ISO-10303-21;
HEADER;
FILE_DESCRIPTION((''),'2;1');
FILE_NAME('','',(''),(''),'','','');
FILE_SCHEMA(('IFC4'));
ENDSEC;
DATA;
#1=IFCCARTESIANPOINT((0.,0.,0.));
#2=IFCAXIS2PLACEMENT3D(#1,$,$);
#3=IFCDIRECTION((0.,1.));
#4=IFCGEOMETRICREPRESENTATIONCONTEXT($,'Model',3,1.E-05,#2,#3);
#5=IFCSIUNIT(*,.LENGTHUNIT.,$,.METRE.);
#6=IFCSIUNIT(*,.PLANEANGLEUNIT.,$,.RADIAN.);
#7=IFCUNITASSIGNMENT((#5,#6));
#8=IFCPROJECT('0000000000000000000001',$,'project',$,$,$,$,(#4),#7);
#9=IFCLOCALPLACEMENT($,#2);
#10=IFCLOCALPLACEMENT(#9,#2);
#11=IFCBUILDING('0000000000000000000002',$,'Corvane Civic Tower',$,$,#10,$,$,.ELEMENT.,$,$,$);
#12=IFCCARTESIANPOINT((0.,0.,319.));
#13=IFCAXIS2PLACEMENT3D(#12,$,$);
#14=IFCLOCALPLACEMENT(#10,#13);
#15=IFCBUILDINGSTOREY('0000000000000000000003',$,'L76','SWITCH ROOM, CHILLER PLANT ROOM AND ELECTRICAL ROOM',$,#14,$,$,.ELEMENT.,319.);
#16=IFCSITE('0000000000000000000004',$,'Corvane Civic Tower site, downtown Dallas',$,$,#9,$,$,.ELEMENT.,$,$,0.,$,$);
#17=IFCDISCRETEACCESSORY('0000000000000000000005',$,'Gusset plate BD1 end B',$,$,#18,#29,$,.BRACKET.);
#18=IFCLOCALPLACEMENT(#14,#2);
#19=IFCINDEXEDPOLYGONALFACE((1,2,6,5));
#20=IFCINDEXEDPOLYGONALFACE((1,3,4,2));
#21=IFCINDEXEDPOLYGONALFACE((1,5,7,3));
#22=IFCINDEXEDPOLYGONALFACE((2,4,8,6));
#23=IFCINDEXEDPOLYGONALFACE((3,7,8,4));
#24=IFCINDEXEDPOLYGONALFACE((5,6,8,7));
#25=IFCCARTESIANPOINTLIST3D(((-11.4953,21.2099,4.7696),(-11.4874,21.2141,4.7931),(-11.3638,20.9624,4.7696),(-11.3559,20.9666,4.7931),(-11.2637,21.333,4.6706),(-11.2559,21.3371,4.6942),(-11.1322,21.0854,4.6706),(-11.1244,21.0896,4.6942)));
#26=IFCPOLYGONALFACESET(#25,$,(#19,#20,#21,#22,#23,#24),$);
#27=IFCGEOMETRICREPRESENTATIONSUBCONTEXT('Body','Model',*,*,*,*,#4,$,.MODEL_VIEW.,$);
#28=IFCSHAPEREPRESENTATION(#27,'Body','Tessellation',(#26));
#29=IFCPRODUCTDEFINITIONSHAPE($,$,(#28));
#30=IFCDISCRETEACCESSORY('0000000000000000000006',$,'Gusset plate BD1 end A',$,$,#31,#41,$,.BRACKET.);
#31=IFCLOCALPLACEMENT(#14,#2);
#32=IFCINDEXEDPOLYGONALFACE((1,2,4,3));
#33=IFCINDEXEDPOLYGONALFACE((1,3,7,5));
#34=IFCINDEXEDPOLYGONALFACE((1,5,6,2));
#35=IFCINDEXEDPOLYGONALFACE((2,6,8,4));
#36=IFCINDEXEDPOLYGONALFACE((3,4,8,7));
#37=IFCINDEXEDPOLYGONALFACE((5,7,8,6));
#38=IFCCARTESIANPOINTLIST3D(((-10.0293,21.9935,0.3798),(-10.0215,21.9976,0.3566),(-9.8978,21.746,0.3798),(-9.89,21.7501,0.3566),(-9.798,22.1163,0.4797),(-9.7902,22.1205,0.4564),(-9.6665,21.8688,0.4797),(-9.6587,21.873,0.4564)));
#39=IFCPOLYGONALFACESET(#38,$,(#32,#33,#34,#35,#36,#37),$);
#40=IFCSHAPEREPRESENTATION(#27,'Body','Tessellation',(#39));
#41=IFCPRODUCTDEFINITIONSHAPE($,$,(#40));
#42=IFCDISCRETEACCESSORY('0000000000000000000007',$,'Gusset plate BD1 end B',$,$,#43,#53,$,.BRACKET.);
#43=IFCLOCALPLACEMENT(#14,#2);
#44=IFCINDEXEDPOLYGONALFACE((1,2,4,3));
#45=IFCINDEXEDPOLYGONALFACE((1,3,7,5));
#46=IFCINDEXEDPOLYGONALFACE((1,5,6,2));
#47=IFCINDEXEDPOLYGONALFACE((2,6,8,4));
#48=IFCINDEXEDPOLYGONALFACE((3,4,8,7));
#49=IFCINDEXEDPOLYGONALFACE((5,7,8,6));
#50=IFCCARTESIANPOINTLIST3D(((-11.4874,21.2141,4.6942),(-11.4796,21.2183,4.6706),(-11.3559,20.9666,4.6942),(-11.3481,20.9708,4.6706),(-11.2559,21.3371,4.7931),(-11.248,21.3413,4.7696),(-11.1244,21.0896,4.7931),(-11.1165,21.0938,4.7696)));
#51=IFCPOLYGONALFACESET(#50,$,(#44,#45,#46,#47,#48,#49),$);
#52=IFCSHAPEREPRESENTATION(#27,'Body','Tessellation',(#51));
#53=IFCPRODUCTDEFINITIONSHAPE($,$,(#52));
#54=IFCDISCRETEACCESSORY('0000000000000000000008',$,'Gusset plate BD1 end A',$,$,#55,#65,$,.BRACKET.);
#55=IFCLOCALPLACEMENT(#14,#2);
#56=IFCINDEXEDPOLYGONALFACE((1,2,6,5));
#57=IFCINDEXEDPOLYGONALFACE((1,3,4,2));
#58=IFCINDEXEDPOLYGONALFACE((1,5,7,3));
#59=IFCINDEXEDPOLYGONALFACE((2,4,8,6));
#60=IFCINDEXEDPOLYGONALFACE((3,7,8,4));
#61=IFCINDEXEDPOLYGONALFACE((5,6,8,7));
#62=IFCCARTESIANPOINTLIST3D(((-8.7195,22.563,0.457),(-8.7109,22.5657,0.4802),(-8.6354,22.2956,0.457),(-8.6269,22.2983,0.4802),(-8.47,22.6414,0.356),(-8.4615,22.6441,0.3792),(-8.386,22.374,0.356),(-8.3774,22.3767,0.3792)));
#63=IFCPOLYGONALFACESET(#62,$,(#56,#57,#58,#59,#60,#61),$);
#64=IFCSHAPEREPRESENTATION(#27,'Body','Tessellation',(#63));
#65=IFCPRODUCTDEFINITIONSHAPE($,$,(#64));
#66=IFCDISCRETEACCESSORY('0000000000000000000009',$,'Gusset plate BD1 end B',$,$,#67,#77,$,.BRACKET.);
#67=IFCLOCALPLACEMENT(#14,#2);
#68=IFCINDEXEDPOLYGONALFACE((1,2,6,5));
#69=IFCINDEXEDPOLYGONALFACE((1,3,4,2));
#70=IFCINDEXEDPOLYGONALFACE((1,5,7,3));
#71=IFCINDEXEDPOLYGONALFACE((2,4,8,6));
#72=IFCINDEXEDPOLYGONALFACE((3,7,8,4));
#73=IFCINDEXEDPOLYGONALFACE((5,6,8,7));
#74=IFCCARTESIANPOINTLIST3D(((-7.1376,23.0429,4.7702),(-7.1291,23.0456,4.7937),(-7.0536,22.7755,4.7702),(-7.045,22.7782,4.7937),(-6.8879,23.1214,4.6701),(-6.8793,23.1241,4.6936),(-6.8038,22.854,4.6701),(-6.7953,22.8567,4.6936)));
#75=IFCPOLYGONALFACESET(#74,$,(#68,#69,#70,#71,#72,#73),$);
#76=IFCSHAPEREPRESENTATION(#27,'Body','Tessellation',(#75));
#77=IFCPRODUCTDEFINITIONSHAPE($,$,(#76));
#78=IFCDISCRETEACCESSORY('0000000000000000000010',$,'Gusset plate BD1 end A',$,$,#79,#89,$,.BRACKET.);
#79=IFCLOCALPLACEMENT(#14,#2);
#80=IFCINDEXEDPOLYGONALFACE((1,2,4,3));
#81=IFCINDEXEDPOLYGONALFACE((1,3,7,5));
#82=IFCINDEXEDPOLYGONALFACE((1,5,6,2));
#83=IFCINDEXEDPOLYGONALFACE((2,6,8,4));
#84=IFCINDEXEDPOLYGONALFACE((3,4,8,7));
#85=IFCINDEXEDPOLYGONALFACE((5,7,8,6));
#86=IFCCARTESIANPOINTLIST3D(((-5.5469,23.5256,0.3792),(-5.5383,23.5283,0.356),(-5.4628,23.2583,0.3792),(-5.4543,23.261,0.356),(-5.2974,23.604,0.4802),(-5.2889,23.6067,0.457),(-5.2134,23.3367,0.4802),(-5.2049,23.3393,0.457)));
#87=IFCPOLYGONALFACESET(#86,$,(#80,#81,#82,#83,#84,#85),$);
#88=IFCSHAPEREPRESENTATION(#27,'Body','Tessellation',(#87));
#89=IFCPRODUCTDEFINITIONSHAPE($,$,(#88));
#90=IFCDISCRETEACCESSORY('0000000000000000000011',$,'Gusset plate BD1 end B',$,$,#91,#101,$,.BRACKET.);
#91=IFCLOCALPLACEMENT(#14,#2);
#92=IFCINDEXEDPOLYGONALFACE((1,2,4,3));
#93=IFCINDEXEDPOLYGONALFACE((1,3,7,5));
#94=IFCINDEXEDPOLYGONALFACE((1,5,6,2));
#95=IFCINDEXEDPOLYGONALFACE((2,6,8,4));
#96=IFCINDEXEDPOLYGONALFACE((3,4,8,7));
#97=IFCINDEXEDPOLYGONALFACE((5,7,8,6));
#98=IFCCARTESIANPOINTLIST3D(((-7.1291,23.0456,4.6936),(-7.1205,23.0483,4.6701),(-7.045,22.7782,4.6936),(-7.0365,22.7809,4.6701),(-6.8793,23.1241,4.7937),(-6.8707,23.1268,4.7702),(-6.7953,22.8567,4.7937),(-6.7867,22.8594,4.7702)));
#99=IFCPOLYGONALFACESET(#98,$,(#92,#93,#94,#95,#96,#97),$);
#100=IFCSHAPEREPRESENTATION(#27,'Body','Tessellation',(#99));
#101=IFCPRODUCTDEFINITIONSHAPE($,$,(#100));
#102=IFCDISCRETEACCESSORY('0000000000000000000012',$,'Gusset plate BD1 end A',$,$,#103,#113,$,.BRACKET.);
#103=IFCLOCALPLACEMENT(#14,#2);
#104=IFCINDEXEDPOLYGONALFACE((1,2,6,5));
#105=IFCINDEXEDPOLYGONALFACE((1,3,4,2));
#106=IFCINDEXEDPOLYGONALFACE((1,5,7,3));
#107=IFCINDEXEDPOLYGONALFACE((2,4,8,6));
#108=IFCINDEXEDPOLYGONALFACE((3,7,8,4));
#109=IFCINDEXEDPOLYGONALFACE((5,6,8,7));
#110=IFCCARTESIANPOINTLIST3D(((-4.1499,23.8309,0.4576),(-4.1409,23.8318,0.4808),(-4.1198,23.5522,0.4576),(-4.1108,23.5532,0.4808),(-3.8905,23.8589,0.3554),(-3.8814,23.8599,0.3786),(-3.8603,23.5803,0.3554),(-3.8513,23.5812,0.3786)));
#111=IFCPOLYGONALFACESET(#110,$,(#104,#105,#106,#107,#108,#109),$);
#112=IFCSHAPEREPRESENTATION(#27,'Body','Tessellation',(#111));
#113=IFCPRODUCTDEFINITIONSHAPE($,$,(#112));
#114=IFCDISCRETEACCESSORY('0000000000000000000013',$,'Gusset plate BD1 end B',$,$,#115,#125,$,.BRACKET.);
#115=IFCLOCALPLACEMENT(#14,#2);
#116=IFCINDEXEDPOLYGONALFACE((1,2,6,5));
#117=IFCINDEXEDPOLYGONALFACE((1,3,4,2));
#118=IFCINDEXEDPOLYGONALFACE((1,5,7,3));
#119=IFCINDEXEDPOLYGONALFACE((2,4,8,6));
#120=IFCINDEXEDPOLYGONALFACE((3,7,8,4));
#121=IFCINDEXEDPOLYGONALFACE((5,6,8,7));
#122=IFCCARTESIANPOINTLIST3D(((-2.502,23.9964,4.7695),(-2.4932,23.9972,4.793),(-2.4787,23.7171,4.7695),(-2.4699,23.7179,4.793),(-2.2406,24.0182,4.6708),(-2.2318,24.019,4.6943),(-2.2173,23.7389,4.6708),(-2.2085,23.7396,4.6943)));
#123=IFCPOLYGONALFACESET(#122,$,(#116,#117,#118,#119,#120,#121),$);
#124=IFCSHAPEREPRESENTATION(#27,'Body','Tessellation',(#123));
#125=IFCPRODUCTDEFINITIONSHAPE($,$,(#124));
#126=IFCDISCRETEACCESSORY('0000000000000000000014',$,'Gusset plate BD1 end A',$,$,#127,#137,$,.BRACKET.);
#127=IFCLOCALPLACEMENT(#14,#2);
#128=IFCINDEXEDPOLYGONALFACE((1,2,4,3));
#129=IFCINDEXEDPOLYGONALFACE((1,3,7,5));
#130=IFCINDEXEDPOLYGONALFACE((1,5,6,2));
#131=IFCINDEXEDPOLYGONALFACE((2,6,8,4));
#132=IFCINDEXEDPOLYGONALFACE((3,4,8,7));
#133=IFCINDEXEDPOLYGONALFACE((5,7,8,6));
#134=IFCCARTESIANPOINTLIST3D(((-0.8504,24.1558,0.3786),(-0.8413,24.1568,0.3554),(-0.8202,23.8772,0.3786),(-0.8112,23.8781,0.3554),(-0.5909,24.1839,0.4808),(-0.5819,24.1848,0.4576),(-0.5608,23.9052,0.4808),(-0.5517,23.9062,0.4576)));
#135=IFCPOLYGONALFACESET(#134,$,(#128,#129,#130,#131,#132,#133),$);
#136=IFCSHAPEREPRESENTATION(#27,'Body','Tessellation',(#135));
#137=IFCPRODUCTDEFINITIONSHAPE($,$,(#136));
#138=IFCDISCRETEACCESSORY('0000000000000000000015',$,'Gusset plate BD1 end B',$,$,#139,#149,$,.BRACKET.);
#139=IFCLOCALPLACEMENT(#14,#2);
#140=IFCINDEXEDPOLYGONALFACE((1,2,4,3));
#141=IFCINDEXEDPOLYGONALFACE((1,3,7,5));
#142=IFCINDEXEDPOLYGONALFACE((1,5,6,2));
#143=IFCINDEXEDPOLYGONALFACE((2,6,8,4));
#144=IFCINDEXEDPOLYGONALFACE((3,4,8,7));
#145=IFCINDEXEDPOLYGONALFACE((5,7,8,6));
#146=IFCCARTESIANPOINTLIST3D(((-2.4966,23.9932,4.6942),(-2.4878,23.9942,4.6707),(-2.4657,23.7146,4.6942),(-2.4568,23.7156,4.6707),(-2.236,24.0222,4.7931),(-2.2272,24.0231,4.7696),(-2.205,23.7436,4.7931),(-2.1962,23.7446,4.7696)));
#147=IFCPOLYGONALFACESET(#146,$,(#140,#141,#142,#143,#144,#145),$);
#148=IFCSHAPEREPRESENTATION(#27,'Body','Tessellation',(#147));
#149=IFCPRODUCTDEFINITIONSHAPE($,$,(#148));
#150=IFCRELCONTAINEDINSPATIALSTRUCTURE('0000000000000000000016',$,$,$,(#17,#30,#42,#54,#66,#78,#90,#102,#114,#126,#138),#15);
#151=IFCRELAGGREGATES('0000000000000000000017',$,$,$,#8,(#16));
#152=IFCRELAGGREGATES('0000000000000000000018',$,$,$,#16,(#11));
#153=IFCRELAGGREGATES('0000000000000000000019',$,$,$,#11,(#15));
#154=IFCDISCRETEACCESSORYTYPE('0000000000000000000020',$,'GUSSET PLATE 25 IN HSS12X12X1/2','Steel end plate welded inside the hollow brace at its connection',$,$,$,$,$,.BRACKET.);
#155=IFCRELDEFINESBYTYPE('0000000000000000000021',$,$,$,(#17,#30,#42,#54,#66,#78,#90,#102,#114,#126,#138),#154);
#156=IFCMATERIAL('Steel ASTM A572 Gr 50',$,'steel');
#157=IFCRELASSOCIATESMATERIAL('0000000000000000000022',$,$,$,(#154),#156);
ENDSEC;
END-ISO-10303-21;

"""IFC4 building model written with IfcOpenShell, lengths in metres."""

from ifc_helpers import new_model, si_unit, direction, frame, origin, origin_2d, place, context, subcontext, project, spatial, rectangle, extrude, material, material_profile, profile_set, type_object, element, save


model = new_model("IFC4")

# Units and contexts
model_context = context("Model", 3, precision=1e-05, world=origin(), true_north=direction((0.0, 1.0)))
body_context = subcontext(model_context, "Body", "Model", "MODEL_VIEW")
ifc_project = project(units=[si_unit("LENGTHUNIT", "METRE"), si_unit("PLANEANGLEUNIT", "RADIAN")], contexts=[model_context])

# Site, building, storey
site_placement = place(None, origin())
site = spatial("IfcSite", under=ifc_project, at=site_placement, Name="Corvane Civic Tower site, downtown Dallas", CompositionType="ELEMENT", RefElevation=0.0)
building_placement = place(site_placement, origin())
building = spatial("IfcBuilding", under=site, at=building_placement, Name="Corvane Civic Tower", CompositionType="ELEMENT")
storey_placement = place(building_placement, frame((0.0, 0.0, 319.0)))
storey = spatial("IfcBuildingStorey", under=building, at=storey_placement, Name="L76", Description="SWITCH ROOM, CHILLER PLANT ROOM AND ELECTRICAL ROOM", CompositionType="ELEMENT", Elevation=319.0)

# Discrete accessories
ifc_material_1 = material(Name="Steel ASTM A572 Gr 50", Category="steel")
ifc_material_profile_1 = material_profile(ifc_material_1, rectangle(XDim=0.2803, YDim=0.2803, at=origin_2d()), Name="GUSSET PLATE 25 IN HSS12X12X1/2")
ifc_profile_set_1 = profile_set([ifc_material_profile_1], Name="Steel ASTM A572 Gr 50")
discrete_accessory_type = type_object("IfcDiscreteAccessoryType", Name="GUSSET PLATE 25 IN HSS12X12X1/2", Description="Steel end plate welded inside the hollow brace at its connection", PredefinedType="BRACKET", material=ifc_profile_set_1)
discrete_accessory_1_placement = place(storey_placement, frame((-11.3059, 21.1519, 4.7437), z_axis=(-0.311858, -0.165674, -0.935573), x_axis=(0.469155, -0.883116, 0.0)))
element("IfcDiscreteAccessory", 1, at=discrete_accessory_1_placement, inside=storey, type_object=discrete_accessory_type, Name="Gusset plate BD1 end B", PredefinedType="BRACKET", context=body_context, shape_type="SweptSolid", body=[
    extrude(rectangle(XDim=0.2803, YDim=0.2803, at=origin_2d()), origin(), (0.0, 0.0, 1.0), 0.0251),
])
discrete_accessory_2_placement = place(storey_placement, frame((-9.8401, 21.9353, 0.4065), z_axis=(-0.314725, -0.167198, 0.934341), x_axis=(0.469155, -0.883116, 0.0)))
element("IfcDiscreteAccessory", 2, at=discrete_accessory_2_placement, inside=storey, type_object=discrete_accessory_type, Name="Gusset plate BD1 end A", PredefinedType="BRACKET", context=body_context, shape_type="SweptSolid", body=[
    extrude(rectangle(XDim=0.2803, YDim=0.2803, at=origin_2d()), origin(), (0.0, 0.0, 1.0), 0.0249),
])
discrete_accessory_3_placement = place(storey_placement, frame((-11.3059, 21.1519, 4.7437), z_axis=(0.311858, 0.165674, -0.935573), x_axis=(-0.469155, 0.883116, 0.0)))
element("IfcDiscreteAccessory", 3, at=discrete_accessory_3_placement, inside=storey, type_object=discrete_accessory_type, Name="Gusset plate BD1 end B", PredefinedType="BRACKET", context=body_context, shape_type="SweptSolid", body=[
    extrude(rectangle(XDim=0.2803, YDim=0.2803, at=origin_2d()), origin(), (0.0, 0.0, 1.0), 0.0251),
])
discrete_accessory_4_placement = place(storey_placement, frame((-8.5527, 22.4685, 0.4065), z_axis=(0.343683, 0.108015, 0.932853), x_axis=(-0.299827, 0.953994, 0.0)))
element("IfcDiscreteAccessory", 4, at=discrete_accessory_4_placement, inside=storey, type_object=discrete_accessory_type, Name="Gusset plate BD1 end A", PredefinedType="BRACKET", context=body_context, shape_type="SweptSolid", body=[
    extrude(rectangle(XDim=0.2803, YDim=0.2803, at=origin_2d()), origin(), (0.0, 0.0, 1.0), 0.0249),
])
discrete_accessory_5_placement = place(storey_placement, frame((-6.9622, 22.9512, 4.7437), z_axis=(-0.340561, -0.107033, -0.93411), x_axis=(0.299827, -0.953994, 0.0)))
element("IfcDiscreteAccessory", 5, at=discrete_accessory_5_placement, inside=storey, type_object=discrete_accessory_type, Name="Gusset plate BD1 end B", PredefinedType="BRACKET", context=body_context, shape_type="SweptSolid", body=[
    extrude(rectangle(XDim=0.2803, YDim=0.2803, at=origin_2d()), origin(), (0.0, 0.0, 1.0), 0.0251),
])
discrete_accessory_6_placement = place(storey_placement, frame((-5.3716, 23.4338, 0.4065), z_axis=(-0.343683, -0.108015, 0.932853), x_axis=(0.299827, -0.953994, 0.0)))
element("IfcDiscreteAccessory", 6, at=discrete_accessory_6_placement, inside=storey, type_object=discrete_accessory_type, Name="Gusset plate BD1 end A", PredefinedType="BRACKET", context=body_context, shape_type="SweptSolid", body=[
    extrude(rectangle(XDim=0.2803, YDim=0.2803, at=origin_2d()), origin(), (0.0, 0.0, 1.0), 0.0249),
])
discrete_accessory_7_placement = place(storey_placement, frame((-6.9622, 22.9512, 4.7437), z_axis=(0.340561, 0.107033, -0.93411), x_axis=(-0.299827, 0.953994, 0.0)))
element("IfcDiscreteAccessory", 7, at=discrete_accessory_7_placement, inside=storey, type_object=discrete_accessory_type, Name="Gusset plate BD1 end B", PredefinedType="BRACKET", context=body_context, shape_type="SweptSolid", body=[
    extrude(rectangle(XDim=0.2803, YDim=0.2803, at=origin_2d()), origin(), (0.0, 0.0, 1.0), 0.0251),
])
discrete_accessory_8_placement = place(storey_placement, frame((-4.0051, 23.7056, 0.4065), z_axis=(0.362641, 0.039204, 0.931104), x_axis=(-0.107482, 0.994207, 0.0)))
element("IfcDiscreteAccessory", 8, at=discrete_accessory_8_placement, inside=storey, type_object=discrete_accessory_type, Name="Gusset plate BD1 end A", PredefinedType="BRACKET", context=body_context, shape_type="SweptSolid", body=[
    extrude(rectangle(XDim=0.2803, YDim=0.2803, at=origin_2d()), origin(), (0.0, 0.0, 1.0), 0.0249),
])
discrete_accessory_9_placement = place(storey_placement, frame((-2.3508, 23.8684, 4.7437), z_axis=(-0.350973, -0.029248, -0.935929), x_axis=(0.083045, -0.996546, 0.0)))
element("IfcDiscreteAccessory", 9, at=discrete_accessory_9_placement, inside=storey, type_object=discrete_accessory_type, Name="Gusset plate BD1 end B", PredefinedType="BRACKET", context=body_context, shape_type="SweptSolid", body=[
    extrude(rectangle(XDim=0.2803, YDim=0.2803, at=origin_2d()), origin(), (0.0, 0.0, 1.0), 0.0251),
])
discrete_accessory_10_placement = place(storey_placement, frame((-0.6965, 24.0315, 0.4065), z_axis=(-0.362641, -0.039204, 0.931104), x_axis=(0.107482, -0.994207, 0.0)))
element("IfcDiscreteAccessory", 10, at=discrete_accessory_10_placement, inside=storey, type_object=discrete_accessory_type, Name="Gusset plate BD1 end A", PredefinedType="BRACKET", context=body_context, shape_type="SweptSolid", body=[
    extrude(rectangle(XDim=0.2803, YDim=0.2803, at=origin_2d()), origin(), (0.0, 0.0, 1.0), 0.0249),
])
discrete_accessory_11_placement = place(storey_placement, frame((-2.3508, 23.8684, 4.7437), z_axis=(0.350857, 0.038984, -0.935617), x_axis=(-0.110432, 0.993884, 0.0)))
element("IfcDiscreteAccessory", 11, at=discrete_accessory_11_placement, inside=storey, type_object=discrete_accessory_type, Name="Gusset plate BD1 end B", PredefinedType="BRACKET", context=body_context, shape_type="SweptSolid", body=[
    extrude(rectangle(XDim=0.2803, YDim=0.2803, at=origin_2d()), origin(), (0.0, 0.0, 1.0), 0.0251),
])

save(model, "model.ifc")
